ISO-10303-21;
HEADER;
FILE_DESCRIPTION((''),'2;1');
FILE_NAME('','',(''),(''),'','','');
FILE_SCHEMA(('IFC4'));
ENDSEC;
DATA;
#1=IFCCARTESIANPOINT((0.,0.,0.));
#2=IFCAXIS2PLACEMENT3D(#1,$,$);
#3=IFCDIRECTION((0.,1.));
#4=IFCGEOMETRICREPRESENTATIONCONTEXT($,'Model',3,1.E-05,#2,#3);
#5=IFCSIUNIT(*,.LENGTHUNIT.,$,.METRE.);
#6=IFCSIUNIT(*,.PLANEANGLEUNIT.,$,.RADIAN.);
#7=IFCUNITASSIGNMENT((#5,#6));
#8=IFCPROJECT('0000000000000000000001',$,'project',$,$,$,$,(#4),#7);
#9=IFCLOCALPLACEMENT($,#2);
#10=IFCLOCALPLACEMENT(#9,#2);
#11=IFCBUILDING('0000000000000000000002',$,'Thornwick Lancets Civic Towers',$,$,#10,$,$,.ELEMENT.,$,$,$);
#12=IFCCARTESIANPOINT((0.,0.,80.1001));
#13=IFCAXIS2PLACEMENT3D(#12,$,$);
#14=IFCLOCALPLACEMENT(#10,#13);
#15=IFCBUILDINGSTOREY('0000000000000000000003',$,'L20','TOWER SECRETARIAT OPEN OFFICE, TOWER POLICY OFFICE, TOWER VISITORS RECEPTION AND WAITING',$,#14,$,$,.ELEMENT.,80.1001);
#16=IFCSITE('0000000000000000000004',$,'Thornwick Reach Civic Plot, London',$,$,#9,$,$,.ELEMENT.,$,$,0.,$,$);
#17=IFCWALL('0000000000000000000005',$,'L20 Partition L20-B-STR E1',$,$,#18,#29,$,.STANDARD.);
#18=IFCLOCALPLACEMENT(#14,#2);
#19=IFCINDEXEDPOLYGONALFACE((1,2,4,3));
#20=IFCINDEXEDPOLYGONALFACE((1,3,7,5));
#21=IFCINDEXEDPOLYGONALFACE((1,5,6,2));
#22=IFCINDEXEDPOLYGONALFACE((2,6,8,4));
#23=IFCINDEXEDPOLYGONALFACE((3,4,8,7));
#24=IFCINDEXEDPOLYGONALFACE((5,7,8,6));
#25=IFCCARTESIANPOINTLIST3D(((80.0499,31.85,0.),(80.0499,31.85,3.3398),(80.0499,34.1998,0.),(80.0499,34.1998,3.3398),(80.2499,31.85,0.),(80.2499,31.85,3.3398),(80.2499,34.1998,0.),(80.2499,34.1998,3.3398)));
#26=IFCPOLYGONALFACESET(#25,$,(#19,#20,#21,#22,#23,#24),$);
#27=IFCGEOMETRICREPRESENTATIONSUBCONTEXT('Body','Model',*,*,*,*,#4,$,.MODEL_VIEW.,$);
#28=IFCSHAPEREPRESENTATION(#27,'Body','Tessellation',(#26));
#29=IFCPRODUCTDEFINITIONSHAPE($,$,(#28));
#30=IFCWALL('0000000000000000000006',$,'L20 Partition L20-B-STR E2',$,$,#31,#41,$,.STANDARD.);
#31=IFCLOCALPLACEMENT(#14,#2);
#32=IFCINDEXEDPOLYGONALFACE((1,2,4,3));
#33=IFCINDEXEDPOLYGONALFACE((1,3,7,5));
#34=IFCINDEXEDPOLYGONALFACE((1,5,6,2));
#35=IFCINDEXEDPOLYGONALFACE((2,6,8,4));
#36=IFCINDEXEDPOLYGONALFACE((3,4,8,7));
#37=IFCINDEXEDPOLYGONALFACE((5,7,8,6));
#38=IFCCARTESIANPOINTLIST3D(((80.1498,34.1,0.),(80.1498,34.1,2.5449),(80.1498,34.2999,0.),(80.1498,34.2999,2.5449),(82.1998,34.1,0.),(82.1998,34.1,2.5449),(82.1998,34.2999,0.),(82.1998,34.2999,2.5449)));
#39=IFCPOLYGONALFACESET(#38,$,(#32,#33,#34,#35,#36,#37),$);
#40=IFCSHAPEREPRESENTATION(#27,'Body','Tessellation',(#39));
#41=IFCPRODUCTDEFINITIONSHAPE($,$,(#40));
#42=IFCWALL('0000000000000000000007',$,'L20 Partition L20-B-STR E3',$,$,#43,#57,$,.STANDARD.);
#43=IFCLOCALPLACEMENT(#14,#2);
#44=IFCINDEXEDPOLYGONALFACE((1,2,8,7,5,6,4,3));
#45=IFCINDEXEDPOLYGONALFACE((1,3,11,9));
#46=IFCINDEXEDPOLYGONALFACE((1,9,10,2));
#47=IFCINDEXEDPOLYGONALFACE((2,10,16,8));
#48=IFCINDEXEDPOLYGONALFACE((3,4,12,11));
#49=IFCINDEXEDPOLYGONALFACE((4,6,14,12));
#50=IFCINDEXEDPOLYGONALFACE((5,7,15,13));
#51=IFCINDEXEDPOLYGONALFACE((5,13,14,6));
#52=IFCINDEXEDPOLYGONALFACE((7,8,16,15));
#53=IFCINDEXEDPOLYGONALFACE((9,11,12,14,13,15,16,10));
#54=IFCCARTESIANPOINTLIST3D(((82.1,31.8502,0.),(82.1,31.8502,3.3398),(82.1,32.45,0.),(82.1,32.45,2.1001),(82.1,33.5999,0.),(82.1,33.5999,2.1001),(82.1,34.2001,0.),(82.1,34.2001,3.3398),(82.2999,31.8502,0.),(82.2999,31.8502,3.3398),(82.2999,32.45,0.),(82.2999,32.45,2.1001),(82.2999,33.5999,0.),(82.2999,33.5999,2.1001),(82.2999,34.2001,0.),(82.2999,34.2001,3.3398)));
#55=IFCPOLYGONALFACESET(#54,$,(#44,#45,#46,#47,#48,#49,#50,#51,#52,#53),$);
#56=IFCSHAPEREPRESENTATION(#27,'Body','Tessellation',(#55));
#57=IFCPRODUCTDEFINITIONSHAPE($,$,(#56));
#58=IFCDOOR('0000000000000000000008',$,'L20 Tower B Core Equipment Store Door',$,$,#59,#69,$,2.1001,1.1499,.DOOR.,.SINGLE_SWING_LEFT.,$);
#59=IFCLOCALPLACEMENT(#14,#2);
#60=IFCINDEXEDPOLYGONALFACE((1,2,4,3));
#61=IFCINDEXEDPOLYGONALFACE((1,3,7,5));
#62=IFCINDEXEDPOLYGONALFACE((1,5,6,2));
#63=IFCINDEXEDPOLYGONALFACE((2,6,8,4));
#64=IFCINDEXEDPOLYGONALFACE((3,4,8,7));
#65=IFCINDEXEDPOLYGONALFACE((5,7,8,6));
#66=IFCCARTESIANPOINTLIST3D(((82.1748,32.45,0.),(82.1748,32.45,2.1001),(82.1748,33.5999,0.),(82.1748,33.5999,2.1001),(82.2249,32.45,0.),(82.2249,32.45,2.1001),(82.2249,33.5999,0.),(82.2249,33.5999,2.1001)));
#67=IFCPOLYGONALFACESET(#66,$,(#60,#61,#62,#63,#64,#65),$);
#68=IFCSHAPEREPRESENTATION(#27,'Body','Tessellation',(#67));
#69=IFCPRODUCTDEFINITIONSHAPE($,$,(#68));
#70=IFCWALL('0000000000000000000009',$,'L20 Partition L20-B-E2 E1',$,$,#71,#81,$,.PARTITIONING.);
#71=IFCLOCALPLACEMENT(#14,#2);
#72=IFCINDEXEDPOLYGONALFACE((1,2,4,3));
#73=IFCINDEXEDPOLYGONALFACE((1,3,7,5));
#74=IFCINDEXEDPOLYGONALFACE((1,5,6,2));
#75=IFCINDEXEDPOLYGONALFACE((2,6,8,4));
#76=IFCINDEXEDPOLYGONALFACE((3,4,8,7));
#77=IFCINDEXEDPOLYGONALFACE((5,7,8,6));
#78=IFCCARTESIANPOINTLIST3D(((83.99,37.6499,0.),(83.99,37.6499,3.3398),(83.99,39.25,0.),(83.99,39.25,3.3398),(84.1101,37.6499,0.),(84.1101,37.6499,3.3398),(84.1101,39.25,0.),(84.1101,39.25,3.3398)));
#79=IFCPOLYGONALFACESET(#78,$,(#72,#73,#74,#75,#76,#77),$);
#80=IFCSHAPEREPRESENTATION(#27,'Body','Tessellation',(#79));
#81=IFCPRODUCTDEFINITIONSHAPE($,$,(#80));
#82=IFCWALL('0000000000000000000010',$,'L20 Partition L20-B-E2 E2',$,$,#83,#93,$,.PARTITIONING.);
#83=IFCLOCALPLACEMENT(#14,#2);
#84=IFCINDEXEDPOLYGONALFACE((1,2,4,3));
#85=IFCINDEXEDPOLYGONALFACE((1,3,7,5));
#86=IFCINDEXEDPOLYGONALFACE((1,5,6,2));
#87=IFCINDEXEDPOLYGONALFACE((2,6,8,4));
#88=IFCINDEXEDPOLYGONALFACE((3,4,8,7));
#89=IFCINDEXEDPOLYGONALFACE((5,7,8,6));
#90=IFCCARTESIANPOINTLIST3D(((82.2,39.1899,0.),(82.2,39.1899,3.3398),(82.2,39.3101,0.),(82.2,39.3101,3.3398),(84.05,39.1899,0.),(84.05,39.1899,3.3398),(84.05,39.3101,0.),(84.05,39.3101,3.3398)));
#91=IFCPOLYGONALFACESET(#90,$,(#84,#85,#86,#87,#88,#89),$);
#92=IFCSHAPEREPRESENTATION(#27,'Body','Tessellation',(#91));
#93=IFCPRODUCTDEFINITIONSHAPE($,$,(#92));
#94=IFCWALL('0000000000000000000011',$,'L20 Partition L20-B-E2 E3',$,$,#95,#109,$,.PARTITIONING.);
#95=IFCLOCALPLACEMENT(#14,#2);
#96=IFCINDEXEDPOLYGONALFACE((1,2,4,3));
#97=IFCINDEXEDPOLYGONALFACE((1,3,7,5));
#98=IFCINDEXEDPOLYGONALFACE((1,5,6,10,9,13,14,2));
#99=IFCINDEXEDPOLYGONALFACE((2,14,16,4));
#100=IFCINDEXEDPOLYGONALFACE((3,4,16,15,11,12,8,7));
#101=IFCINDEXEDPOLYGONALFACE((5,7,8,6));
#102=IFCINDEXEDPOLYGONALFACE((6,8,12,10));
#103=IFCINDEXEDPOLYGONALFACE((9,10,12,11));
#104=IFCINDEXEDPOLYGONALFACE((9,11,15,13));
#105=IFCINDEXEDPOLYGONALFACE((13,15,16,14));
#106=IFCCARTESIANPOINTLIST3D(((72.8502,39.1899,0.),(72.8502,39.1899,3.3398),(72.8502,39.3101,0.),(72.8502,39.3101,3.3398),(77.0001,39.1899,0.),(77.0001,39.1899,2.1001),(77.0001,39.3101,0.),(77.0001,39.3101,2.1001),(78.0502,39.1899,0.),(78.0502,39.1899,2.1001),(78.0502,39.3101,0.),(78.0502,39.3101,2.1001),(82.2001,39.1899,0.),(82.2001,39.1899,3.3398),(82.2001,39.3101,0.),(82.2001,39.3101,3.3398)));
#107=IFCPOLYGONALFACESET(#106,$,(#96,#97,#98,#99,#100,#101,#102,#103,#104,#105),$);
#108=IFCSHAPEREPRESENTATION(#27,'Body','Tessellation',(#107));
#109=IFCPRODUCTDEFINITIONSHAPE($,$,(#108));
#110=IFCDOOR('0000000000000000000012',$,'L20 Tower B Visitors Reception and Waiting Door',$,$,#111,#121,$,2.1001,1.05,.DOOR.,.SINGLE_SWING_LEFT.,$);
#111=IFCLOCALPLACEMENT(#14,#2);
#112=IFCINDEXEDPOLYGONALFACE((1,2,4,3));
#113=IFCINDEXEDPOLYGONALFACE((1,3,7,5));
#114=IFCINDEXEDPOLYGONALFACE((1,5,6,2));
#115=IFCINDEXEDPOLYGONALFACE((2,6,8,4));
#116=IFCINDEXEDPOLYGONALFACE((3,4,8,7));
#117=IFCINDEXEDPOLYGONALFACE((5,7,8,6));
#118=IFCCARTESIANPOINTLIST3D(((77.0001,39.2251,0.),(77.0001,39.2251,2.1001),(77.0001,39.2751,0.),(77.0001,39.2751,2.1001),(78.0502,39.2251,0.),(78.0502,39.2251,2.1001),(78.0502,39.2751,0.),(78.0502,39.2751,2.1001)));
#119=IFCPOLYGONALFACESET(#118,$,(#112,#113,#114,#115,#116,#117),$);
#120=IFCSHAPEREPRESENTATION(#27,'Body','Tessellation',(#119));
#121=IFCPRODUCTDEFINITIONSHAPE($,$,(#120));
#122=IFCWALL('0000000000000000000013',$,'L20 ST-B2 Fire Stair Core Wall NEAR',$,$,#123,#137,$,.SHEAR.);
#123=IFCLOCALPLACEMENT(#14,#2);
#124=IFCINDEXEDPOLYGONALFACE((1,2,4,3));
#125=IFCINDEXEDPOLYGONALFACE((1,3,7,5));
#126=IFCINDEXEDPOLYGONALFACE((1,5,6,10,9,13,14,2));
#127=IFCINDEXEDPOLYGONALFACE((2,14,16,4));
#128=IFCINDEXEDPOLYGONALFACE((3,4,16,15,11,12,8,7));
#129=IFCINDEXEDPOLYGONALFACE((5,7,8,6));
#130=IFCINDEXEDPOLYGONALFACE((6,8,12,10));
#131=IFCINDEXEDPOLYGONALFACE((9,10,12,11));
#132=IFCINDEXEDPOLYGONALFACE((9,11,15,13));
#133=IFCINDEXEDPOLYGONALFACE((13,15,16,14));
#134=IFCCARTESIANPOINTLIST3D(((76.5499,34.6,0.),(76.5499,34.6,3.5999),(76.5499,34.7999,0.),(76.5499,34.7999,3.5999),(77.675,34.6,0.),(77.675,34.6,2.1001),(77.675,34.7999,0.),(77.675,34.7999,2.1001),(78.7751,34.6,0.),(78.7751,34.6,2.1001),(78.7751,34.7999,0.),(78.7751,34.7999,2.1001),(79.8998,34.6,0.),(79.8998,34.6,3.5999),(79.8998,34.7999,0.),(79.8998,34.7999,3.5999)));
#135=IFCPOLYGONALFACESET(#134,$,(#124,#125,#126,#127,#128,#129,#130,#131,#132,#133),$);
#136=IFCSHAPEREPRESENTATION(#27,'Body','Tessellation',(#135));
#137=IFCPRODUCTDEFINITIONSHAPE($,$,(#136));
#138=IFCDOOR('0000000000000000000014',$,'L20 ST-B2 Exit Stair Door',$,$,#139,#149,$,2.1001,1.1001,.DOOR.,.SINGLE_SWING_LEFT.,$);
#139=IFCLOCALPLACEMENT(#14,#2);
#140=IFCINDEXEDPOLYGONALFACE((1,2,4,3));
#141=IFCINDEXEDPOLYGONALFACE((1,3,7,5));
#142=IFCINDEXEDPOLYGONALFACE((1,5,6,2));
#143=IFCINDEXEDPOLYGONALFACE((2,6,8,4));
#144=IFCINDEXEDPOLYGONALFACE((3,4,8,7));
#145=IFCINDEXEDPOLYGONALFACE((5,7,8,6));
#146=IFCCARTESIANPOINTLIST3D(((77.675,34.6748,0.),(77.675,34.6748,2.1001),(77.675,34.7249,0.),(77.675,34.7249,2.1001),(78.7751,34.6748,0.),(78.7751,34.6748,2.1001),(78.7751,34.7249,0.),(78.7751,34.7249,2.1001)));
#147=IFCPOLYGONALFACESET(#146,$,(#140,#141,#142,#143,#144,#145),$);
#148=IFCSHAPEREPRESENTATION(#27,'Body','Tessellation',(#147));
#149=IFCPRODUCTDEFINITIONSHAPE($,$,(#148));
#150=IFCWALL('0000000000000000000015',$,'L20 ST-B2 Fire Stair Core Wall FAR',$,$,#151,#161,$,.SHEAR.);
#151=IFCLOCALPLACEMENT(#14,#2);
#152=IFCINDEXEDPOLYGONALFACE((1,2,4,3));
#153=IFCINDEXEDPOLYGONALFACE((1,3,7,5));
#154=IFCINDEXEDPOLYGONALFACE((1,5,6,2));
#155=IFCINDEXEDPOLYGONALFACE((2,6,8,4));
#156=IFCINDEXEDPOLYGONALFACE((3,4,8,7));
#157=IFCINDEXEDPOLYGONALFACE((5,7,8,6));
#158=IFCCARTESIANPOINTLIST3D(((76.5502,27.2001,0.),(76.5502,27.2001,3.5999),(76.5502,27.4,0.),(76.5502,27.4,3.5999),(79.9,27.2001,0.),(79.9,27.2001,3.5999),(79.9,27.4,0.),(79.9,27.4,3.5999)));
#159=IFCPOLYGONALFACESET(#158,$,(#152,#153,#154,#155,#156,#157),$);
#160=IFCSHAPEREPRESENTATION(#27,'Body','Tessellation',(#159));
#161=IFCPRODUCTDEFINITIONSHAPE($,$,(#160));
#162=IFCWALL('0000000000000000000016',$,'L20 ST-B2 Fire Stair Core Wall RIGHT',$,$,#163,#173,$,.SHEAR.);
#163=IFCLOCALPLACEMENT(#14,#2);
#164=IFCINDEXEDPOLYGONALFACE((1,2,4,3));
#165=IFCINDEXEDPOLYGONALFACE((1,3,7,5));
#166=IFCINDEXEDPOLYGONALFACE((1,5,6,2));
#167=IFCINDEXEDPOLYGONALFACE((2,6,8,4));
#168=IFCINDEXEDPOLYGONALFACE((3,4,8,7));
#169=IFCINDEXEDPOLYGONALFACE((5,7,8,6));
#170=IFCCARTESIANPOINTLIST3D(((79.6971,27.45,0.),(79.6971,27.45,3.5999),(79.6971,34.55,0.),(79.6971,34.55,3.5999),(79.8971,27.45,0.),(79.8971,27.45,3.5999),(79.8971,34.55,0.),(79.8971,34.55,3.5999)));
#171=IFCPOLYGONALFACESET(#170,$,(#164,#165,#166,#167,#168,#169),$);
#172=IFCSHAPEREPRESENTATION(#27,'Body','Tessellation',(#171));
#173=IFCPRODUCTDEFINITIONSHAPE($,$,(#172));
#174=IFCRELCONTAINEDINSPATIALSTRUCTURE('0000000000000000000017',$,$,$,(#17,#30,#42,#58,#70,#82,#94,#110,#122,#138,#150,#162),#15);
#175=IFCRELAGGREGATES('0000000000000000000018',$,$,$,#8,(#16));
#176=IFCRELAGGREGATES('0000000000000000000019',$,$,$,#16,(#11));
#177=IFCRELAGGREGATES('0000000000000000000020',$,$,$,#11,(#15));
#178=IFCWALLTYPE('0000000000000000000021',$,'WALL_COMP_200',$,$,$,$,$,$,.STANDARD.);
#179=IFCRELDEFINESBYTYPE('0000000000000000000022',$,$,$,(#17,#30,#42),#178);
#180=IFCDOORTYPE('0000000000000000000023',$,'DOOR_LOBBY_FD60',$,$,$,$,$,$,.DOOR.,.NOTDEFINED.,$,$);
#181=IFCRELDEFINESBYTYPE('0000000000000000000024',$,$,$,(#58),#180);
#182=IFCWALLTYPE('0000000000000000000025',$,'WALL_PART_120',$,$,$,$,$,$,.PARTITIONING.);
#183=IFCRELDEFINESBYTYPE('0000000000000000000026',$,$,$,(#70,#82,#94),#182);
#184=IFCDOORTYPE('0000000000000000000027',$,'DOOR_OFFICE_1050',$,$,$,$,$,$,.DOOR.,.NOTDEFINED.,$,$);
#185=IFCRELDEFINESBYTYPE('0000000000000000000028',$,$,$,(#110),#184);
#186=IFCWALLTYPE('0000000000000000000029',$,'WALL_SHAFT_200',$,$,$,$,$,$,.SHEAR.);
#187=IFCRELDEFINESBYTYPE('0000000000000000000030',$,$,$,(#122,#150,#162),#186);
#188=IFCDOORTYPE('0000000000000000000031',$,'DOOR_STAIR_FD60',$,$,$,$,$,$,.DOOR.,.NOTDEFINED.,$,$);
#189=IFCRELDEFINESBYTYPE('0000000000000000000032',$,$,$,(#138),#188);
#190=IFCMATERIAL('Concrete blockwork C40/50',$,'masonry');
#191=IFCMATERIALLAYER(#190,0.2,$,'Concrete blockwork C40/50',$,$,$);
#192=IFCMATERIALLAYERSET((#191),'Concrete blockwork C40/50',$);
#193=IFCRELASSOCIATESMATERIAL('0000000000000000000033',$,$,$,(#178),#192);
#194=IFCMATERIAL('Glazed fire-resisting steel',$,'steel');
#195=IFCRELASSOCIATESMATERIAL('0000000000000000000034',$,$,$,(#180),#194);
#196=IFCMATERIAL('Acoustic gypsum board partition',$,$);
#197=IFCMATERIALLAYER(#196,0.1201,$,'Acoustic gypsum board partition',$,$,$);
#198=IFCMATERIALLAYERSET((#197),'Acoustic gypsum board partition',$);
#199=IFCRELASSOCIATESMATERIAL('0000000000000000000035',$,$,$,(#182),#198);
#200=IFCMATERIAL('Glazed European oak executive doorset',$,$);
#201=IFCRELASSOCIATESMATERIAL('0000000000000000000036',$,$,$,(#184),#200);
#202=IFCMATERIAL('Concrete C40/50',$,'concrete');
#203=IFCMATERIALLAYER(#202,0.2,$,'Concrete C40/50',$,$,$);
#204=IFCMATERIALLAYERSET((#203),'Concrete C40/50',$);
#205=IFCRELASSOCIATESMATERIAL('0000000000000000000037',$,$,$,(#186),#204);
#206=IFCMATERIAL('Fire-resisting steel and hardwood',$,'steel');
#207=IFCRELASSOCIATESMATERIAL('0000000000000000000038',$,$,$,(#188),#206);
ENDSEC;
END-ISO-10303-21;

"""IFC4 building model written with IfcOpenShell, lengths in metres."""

from ifc_helpers import new_model, si_unit, direction, frame, frame_2d, origin, place, context, subcontext, project, spatial, rectangle, extrude, material, layer, layer_set, type_object, element, fill, save


model = new_model("IFC4")

# Units and contexts
model_context = context("Model", 3, precision=1e-05, world=origin(), true_north=direction((0.0, 1.0)))
body_context = subcontext(model_context, "Body", "Model", "MODEL_VIEW")
ifc_project = project(units=[si_unit("LENGTHUNIT", "METRE"), si_unit("PLANEANGLEUNIT", "RADIAN")], contexts=[model_context])

# Site, building, storey
site_placement = place(None, origin())
site = spatial("IfcSite", under=ifc_project, at=site_placement, Name="Thornwick Reach Civic Plot, London", CompositionType="ELEMENT", RefElevation=0.0)
building_placement = place(site_placement, origin())
building = spatial("IfcBuilding", under=site, at=building_placement, Name="Thornwick Lancets Civic Towers", CompositionType="ELEMENT")
storey_placement = place(building_placement, frame((0.0, 0.0, 80.1001)))
storey = spatial("IfcBuildingStorey", under=building, at=storey_placement, Name="L20", Description="TOWER SECRETARIAT OPEN OFFICE, TOWER POLICY OFFICE, TOWER VISITORS RECEPTION AND WAITING", CompositionType="ELEMENT", Elevation=80.1001)

# Shared definitions
ifc_material_1 = material(Name="Concrete blockwork C40/50", Category="masonry")
ifc_layer_1 = layer(ifc_material_1, 0.2, Name="Concrete blockwork C40/50")
ifc_layer_set_1 = layer_set([ifc_layer_1], Name="Concrete blockwork C40/50")
wall_type_1 = type_object("IfcWallType", Name="WALL_COMP_200", PredefinedType="STANDARD", material=ifc_layer_set_1)

# Shared definitions
ifc_material_2 = material(Name="Glazed fire-resisting steel", Category="steel")
door_type_1 = type_object("IfcDoorType", Name="DOOR_LOBBY_FD60", OperationType="NOTDEFINED", PredefinedType="DOOR", material=ifc_material_2)

# Walls
wall_1_placement = place(storey_placement, frame((80.1499, 31.8501, 0.0), z_axis=(0.0, 0.0, 1.0), x_axis=(0.0, 1.0, 0.0)))
element("IfcWall", 1, at=wall_1_placement, inside=storey, type_object=wall_type_1, Name="L20 Partition L20-B-STR E1", PredefinedType="STANDARD", context=body_context, shape_type="SweptSolid", body=[
    extrude(rectangle(XDim=2.3499, YDim=0.2, at=frame_2d((1.1748, 0.0))), origin(), (0.0, 0.0, 1.0), 3.3398),
])
wall_2_placement = place(storey_placement, frame((80.1499, 34.2, 0.0), z_axis=(0.0, 0.0, 1.0), x_axis=(1.0, 0.0, 0.0)))
element("IfcWall", 2, at=wall_2_placement, inside=storey, type_object=wall_type_1, Name="L20 Partition L20-B-STR E2", PredefinedType="STANDARD", context=body_context, shape_type="SweptSolid", body=[
    extrude(rectangle(XDim=2.05, YDim=0.2, at=frame_2d((1.0249, 0.0))), origin(), (0.0, 0.0, 1.0), 2.5449),
])

# Wall, opening, door
wall_3_placement = place(storey_placement, frame((82.2, 34.2, 0.0), z_axis=(0.0, 0.0, 1.0), x_axis=(0.0, -1.0, 0.0)))
wall_3 = element("IfcWall", 3, at=wall_3_placement, inside=storey, type_object=wall_type_1, Name="L20 Partition L20-B-STR E3", PredefinedType="STANDARD", context=body_context, shape_type="SweptSolid", body=[
    extrude(rectangle(XDim=2.3499, YDim=0.2, at=frame_2d((1.1748, 0.0))), origin(), (0.0, 0.0, 1.0), 3.3398),
])
opening_1_placement = place(wall_3_placement, frame((0.6001, 0.0, 0.0)))
opening_1 = element("IfcOpeningElement", 4, at=opening_1_placement, cuts=wall_3, PredefinedType="OPENING", context=body_context, shape_type="SweptSolid", body=[
    extrude(rectangle(XDim=1.1499, YDim=2.1001, at=frame_2d((0.575, 1.05))), frame((0.0, 0.1099, 0.0), z_axis=(0.0, -1.0, 0.0), x_axis=(1.0, 0.0, 0.0)), (0.0, 0.0, 1.0), 0.22),
])
door_1_placement = place(opening_1_placement, origin())
door_1 = element("IfcDoor", 5, at=door_1_placement, inside=storey, type_object=door_type_1, Name="L20 Tower B Core Equipment Store Door", OperationType="SINGLE_SWING_LEFT", OverallHeight=2.1001, OverallWidth=1.1499, PredefinedType="DOOR", context=body_context, shape_type="SweptSolid", body=[
    extrude(rectangle(XDim=1.1499, YDim=2.1001, at=frame_2d((0.575, 1.05))), frame((0.0, 0.0249, 0.0), z_axis=(0.0, -1.0, 0.0), x_axis=(1.0, 0.0, 0.0)), (0.0, 0.0, 1.0), 0.05),
])
fill(opening_1, door_1)

# Walls
ifc_material_3 = material(Name="Acoustic gypsum board partition")
ifc_layer_2 = layer(ifc_material_3, 0.1201, Name="Acoustic gypsum board partition")
ifc_layer_set_2 = layer_set([ifc_layer_2], Name="Acoustic gypsum board partition")
wall_type_2 = type_object("IfcWallType", Name="WALL_PART_120", PredefinedType="PARTITIONING", material=ifc_layer_set_2)
wall_4_placement = place(storey_placement, frame((84.05, 37.6499, 0.0), z_axis=(0.0, 0.0, 1.0), x_axis=(0.0, 1.0, 0.0)))
element("IfcWall", 6, at=wall_4_placement, inside=storey, type_object=wall_type_2, Name="L20 Partition L20-B-E2 E1", PredefinedType="PARTITIONING", context=body_context, shape_type="SweptSolid", body=[
    extrude(rectangle(XDim=1.6001, YDim=0.1201, at=frame_2d((0.8, 0.0))), origin(), (0.0, 0.0, 1.0), 3.3398),
])
wall_5_placement = place(storey_placement, frame((84.05, 39.25, 0.0), z_axis=(0.0, 0.0, 1.0), x_axis=(-1.0, 0.0, 0.0)))
element("IfcWall", 7, at=wall_5_placement, inside=storey, type_object=wall_type_2, Name="L20 Partition L20-B-E2 E2", PredefinedType="PARTITIONING", context=body_context, shape_type="SweptSolid", body=[
    extrude(rectangle(XDim=1.8501, YDim=0.1201, at=frame_2d((0.925, 0.0))), origin(), (0.0, 0.0, 1.0), 3.3398),
])

# Walls, openings, doors
wall_6_placement = place(storey_placement, frame((82.2, 39.25, 0.0), z_axis=(0.0, 0.0, 1.0), x_axis=(-1.0, 0.0, 0.0)))
wall_6 = element("IfcWall", 8, at=wall_6_placement, inside=storey, type_object=wall_type_2, Name="L20 Partition L20-B-E2 E3", PredefinedType="PARTITIONING", context=body_context, shape_type="SweptSolid", body=[
    extrude(rectangle(XDim=9.3499, YDim=0.1201, at=frame_2d((4.6748, 0.0))), origin(), (0.0, 0.0, 1.0), 3.3398),
])
opening_2_placement = place(wall_6_placement, frame((4.1499, 0.0, 0.0)))
opening_2 = element("IfcOpeningElement", 9, at=opening_2_placement, cuts=wall_6, PredefinedType="OPENING", context=body_context, shape_type="SweptSolid", body=[
    extrude(rectangle(XDim=1.05, YDim=2.1001, at=frame_2d((0.5249, 1.05))), frame((0.0, 0.0701, 0.0), z_axis=(0.0, -1.0, 0.0), x_axis=(1.0, 0.0, 0.0)), (0.0, 0.0, 1.0), 0.1401),
])
ifc_material_4 = material(Name="Glazed European oak executive doorset")
door_type_2 = type_object("IfcDoorType", Name="DOOR_OFFICE_1050", OperationType="NOTDEFINED", PredefinedType="DOOR", material=ifc_material_4)
door_2_placement = place(opening_2_placement, origin())
door_2 = element("IfcDoor", 10, at=door_2_placement, inside=storey, type_object=door_type_2, Name="L20 Tower B Visitors Reception and Waiting Door", OperationType="SINGLE_SWING_LEFT", OverallHeight=2.1001, OverallWidth=1.05, PredefinedType="DOOR", context=body_context, shape_type="SweptSolid", body=[
    extrude(rectangle(XDim=1.05, YDim=2.1001, at=frame_2d((0.5249, 1.05))), frame((0.0, 0.0249, 0.0), z_axis=(0.0, -1.0, 0.0), x_axis=(1.0, 0.0, 0.0)), (0.0, 0.0, 1.0), 0.05),
])
fill(opening_2, door_2)
ifc_material_5 = material(Name="Concrete C40/50", Category="concrete")
ifc_layer_3 = layer(ifc_material_5, 0.2, Name="Concrete C40/50")
ifc_layer_set_3 = layer_set([ifc_layer_3], Name="Concrete C40/50")
wall_type_3 = type_object("IfcWallType", Name="WALL_SHAFT_200", PredefinedType="SHEAR", material=ifc_layer_set_3)
wall_7_placement = place(storey_placement, frame((76.55, 34.7, 0.0), z_axis=(0.0, 0.0, 1.0), x_axis=(1.0, 0.0, 0.0)))
wall_7 = element("IfcWall", 11, at=wall_7_placement, inside=storey, type_object=wall_type_3, Name="L20 ST-B2 Fire Stair Core Wall NEAR", PredefinedType="SHEAR", context=body_context, shape_type="SweptSolid", body=[
    extrude(rectangle(XDim=3.3499, YDim=0.2, at=frame_2d((1.6748, 0.0))), origin(), (0.0, 0.0, 1.0), 3.5999),
])
opening_3_placement = place(wall_7_placement, frame((1.125, 0.0, 0.0)))
opening_3 = element("IfcOpeningElement", 12, at=opening_3_placement, cuts=wall_7, PredefinedType="OPENING", context=body_context, shape_type="SweptSolid", body=[
    extrude(rectangle(XDim=1.1001, YDim=2.1001, at=frame_2d((0.55, 1.05))), frame((0.0, 0.1099, 0.0), z_axis=(0.0, -1.0, 0.0), x_axis=(1.0, 0.0, 0.0)), (0.0, 0.0, 1.0), 0.22),
])
ifc_material_6 = material(Name="Fire-resisting steel and hardwood", Category="steel")
door_type_3 = type_object("IfcDoorType", Name="DOOR_STAIR_FD60", OperationType="NOTDEFINED", PredefinedType="DOOR", material=ifc_material_6)
door_3_placement = place(opening_3_placement, origin())
door_3 = element("IfcDoor", 13, at=door_3_placement, inside=storey, type_object=door_type_3, Name="L20 ST-B2 Exit Stair Door", OperationType="SINGLE_SWING_LEFT", OverallHeight=2.1001, OverallWidth=1.1001, PredefinedType="DOOR", context=body_context, shape_type="SweptSolid", body=[
    extrude(rectangle(XDim=1.1001, YDim=2.1001, at=frame_2d((0.55, 1.05))), frame((0.0, 0.0249, 0.0), z_axis=(0.0, -1.0, 0.0), x_axis=(1.0, 0.0, 0.0)), (0.0, 0.0, 1.0), 0.05),
])
fill(opening_3, door_3)

# Walls
wall_8_placement = place(storey_placement, frame((79.8999, 27.3, 0.0), z_axis=(0.0, 0.0, 1.0), x_axis=(-1.0, 0.0, 0.0)))
element("IfcWall", 14, at=wall_8_placement, inside=storey, type_object=wall_type_3, Name="L20 ST-B2 Fire Stair Core Wall FAR", PredefinedType="SHEAR", context=body_context, shape_type="SweptSolid", body=[
    extrude(rectangle(XDim=3.3499, YDim=0.2, at=frame_2d((1.6748, 0.0))), origin(), (0.0, 0.0, 1.0), 3.5999),
])
wall_9_placement = place(storey_placement, frame((79.7971, 27.45, 0.0), z_axis=(0.0, 0.0, 1.0), x_axis=(0.0, 1.0, 0.0)))
element("IfcWall", 15, at=wall_9_placement, inside=storey, type_object=wall_type_3, Name="L20 ST-B2 Fire Stair Core Wall RIGHT", PredefinedType="SHEAR", context=body_context, shape_type="SweptSolid", body=[
    extrude(rectangle(XDim=7.1001, YDim=0.2, at=frame_2d((3.55, 0.0))), origin(), (0.0, 0.0, 1.0), 3.5999),
])

save(model, "model.ifc")
